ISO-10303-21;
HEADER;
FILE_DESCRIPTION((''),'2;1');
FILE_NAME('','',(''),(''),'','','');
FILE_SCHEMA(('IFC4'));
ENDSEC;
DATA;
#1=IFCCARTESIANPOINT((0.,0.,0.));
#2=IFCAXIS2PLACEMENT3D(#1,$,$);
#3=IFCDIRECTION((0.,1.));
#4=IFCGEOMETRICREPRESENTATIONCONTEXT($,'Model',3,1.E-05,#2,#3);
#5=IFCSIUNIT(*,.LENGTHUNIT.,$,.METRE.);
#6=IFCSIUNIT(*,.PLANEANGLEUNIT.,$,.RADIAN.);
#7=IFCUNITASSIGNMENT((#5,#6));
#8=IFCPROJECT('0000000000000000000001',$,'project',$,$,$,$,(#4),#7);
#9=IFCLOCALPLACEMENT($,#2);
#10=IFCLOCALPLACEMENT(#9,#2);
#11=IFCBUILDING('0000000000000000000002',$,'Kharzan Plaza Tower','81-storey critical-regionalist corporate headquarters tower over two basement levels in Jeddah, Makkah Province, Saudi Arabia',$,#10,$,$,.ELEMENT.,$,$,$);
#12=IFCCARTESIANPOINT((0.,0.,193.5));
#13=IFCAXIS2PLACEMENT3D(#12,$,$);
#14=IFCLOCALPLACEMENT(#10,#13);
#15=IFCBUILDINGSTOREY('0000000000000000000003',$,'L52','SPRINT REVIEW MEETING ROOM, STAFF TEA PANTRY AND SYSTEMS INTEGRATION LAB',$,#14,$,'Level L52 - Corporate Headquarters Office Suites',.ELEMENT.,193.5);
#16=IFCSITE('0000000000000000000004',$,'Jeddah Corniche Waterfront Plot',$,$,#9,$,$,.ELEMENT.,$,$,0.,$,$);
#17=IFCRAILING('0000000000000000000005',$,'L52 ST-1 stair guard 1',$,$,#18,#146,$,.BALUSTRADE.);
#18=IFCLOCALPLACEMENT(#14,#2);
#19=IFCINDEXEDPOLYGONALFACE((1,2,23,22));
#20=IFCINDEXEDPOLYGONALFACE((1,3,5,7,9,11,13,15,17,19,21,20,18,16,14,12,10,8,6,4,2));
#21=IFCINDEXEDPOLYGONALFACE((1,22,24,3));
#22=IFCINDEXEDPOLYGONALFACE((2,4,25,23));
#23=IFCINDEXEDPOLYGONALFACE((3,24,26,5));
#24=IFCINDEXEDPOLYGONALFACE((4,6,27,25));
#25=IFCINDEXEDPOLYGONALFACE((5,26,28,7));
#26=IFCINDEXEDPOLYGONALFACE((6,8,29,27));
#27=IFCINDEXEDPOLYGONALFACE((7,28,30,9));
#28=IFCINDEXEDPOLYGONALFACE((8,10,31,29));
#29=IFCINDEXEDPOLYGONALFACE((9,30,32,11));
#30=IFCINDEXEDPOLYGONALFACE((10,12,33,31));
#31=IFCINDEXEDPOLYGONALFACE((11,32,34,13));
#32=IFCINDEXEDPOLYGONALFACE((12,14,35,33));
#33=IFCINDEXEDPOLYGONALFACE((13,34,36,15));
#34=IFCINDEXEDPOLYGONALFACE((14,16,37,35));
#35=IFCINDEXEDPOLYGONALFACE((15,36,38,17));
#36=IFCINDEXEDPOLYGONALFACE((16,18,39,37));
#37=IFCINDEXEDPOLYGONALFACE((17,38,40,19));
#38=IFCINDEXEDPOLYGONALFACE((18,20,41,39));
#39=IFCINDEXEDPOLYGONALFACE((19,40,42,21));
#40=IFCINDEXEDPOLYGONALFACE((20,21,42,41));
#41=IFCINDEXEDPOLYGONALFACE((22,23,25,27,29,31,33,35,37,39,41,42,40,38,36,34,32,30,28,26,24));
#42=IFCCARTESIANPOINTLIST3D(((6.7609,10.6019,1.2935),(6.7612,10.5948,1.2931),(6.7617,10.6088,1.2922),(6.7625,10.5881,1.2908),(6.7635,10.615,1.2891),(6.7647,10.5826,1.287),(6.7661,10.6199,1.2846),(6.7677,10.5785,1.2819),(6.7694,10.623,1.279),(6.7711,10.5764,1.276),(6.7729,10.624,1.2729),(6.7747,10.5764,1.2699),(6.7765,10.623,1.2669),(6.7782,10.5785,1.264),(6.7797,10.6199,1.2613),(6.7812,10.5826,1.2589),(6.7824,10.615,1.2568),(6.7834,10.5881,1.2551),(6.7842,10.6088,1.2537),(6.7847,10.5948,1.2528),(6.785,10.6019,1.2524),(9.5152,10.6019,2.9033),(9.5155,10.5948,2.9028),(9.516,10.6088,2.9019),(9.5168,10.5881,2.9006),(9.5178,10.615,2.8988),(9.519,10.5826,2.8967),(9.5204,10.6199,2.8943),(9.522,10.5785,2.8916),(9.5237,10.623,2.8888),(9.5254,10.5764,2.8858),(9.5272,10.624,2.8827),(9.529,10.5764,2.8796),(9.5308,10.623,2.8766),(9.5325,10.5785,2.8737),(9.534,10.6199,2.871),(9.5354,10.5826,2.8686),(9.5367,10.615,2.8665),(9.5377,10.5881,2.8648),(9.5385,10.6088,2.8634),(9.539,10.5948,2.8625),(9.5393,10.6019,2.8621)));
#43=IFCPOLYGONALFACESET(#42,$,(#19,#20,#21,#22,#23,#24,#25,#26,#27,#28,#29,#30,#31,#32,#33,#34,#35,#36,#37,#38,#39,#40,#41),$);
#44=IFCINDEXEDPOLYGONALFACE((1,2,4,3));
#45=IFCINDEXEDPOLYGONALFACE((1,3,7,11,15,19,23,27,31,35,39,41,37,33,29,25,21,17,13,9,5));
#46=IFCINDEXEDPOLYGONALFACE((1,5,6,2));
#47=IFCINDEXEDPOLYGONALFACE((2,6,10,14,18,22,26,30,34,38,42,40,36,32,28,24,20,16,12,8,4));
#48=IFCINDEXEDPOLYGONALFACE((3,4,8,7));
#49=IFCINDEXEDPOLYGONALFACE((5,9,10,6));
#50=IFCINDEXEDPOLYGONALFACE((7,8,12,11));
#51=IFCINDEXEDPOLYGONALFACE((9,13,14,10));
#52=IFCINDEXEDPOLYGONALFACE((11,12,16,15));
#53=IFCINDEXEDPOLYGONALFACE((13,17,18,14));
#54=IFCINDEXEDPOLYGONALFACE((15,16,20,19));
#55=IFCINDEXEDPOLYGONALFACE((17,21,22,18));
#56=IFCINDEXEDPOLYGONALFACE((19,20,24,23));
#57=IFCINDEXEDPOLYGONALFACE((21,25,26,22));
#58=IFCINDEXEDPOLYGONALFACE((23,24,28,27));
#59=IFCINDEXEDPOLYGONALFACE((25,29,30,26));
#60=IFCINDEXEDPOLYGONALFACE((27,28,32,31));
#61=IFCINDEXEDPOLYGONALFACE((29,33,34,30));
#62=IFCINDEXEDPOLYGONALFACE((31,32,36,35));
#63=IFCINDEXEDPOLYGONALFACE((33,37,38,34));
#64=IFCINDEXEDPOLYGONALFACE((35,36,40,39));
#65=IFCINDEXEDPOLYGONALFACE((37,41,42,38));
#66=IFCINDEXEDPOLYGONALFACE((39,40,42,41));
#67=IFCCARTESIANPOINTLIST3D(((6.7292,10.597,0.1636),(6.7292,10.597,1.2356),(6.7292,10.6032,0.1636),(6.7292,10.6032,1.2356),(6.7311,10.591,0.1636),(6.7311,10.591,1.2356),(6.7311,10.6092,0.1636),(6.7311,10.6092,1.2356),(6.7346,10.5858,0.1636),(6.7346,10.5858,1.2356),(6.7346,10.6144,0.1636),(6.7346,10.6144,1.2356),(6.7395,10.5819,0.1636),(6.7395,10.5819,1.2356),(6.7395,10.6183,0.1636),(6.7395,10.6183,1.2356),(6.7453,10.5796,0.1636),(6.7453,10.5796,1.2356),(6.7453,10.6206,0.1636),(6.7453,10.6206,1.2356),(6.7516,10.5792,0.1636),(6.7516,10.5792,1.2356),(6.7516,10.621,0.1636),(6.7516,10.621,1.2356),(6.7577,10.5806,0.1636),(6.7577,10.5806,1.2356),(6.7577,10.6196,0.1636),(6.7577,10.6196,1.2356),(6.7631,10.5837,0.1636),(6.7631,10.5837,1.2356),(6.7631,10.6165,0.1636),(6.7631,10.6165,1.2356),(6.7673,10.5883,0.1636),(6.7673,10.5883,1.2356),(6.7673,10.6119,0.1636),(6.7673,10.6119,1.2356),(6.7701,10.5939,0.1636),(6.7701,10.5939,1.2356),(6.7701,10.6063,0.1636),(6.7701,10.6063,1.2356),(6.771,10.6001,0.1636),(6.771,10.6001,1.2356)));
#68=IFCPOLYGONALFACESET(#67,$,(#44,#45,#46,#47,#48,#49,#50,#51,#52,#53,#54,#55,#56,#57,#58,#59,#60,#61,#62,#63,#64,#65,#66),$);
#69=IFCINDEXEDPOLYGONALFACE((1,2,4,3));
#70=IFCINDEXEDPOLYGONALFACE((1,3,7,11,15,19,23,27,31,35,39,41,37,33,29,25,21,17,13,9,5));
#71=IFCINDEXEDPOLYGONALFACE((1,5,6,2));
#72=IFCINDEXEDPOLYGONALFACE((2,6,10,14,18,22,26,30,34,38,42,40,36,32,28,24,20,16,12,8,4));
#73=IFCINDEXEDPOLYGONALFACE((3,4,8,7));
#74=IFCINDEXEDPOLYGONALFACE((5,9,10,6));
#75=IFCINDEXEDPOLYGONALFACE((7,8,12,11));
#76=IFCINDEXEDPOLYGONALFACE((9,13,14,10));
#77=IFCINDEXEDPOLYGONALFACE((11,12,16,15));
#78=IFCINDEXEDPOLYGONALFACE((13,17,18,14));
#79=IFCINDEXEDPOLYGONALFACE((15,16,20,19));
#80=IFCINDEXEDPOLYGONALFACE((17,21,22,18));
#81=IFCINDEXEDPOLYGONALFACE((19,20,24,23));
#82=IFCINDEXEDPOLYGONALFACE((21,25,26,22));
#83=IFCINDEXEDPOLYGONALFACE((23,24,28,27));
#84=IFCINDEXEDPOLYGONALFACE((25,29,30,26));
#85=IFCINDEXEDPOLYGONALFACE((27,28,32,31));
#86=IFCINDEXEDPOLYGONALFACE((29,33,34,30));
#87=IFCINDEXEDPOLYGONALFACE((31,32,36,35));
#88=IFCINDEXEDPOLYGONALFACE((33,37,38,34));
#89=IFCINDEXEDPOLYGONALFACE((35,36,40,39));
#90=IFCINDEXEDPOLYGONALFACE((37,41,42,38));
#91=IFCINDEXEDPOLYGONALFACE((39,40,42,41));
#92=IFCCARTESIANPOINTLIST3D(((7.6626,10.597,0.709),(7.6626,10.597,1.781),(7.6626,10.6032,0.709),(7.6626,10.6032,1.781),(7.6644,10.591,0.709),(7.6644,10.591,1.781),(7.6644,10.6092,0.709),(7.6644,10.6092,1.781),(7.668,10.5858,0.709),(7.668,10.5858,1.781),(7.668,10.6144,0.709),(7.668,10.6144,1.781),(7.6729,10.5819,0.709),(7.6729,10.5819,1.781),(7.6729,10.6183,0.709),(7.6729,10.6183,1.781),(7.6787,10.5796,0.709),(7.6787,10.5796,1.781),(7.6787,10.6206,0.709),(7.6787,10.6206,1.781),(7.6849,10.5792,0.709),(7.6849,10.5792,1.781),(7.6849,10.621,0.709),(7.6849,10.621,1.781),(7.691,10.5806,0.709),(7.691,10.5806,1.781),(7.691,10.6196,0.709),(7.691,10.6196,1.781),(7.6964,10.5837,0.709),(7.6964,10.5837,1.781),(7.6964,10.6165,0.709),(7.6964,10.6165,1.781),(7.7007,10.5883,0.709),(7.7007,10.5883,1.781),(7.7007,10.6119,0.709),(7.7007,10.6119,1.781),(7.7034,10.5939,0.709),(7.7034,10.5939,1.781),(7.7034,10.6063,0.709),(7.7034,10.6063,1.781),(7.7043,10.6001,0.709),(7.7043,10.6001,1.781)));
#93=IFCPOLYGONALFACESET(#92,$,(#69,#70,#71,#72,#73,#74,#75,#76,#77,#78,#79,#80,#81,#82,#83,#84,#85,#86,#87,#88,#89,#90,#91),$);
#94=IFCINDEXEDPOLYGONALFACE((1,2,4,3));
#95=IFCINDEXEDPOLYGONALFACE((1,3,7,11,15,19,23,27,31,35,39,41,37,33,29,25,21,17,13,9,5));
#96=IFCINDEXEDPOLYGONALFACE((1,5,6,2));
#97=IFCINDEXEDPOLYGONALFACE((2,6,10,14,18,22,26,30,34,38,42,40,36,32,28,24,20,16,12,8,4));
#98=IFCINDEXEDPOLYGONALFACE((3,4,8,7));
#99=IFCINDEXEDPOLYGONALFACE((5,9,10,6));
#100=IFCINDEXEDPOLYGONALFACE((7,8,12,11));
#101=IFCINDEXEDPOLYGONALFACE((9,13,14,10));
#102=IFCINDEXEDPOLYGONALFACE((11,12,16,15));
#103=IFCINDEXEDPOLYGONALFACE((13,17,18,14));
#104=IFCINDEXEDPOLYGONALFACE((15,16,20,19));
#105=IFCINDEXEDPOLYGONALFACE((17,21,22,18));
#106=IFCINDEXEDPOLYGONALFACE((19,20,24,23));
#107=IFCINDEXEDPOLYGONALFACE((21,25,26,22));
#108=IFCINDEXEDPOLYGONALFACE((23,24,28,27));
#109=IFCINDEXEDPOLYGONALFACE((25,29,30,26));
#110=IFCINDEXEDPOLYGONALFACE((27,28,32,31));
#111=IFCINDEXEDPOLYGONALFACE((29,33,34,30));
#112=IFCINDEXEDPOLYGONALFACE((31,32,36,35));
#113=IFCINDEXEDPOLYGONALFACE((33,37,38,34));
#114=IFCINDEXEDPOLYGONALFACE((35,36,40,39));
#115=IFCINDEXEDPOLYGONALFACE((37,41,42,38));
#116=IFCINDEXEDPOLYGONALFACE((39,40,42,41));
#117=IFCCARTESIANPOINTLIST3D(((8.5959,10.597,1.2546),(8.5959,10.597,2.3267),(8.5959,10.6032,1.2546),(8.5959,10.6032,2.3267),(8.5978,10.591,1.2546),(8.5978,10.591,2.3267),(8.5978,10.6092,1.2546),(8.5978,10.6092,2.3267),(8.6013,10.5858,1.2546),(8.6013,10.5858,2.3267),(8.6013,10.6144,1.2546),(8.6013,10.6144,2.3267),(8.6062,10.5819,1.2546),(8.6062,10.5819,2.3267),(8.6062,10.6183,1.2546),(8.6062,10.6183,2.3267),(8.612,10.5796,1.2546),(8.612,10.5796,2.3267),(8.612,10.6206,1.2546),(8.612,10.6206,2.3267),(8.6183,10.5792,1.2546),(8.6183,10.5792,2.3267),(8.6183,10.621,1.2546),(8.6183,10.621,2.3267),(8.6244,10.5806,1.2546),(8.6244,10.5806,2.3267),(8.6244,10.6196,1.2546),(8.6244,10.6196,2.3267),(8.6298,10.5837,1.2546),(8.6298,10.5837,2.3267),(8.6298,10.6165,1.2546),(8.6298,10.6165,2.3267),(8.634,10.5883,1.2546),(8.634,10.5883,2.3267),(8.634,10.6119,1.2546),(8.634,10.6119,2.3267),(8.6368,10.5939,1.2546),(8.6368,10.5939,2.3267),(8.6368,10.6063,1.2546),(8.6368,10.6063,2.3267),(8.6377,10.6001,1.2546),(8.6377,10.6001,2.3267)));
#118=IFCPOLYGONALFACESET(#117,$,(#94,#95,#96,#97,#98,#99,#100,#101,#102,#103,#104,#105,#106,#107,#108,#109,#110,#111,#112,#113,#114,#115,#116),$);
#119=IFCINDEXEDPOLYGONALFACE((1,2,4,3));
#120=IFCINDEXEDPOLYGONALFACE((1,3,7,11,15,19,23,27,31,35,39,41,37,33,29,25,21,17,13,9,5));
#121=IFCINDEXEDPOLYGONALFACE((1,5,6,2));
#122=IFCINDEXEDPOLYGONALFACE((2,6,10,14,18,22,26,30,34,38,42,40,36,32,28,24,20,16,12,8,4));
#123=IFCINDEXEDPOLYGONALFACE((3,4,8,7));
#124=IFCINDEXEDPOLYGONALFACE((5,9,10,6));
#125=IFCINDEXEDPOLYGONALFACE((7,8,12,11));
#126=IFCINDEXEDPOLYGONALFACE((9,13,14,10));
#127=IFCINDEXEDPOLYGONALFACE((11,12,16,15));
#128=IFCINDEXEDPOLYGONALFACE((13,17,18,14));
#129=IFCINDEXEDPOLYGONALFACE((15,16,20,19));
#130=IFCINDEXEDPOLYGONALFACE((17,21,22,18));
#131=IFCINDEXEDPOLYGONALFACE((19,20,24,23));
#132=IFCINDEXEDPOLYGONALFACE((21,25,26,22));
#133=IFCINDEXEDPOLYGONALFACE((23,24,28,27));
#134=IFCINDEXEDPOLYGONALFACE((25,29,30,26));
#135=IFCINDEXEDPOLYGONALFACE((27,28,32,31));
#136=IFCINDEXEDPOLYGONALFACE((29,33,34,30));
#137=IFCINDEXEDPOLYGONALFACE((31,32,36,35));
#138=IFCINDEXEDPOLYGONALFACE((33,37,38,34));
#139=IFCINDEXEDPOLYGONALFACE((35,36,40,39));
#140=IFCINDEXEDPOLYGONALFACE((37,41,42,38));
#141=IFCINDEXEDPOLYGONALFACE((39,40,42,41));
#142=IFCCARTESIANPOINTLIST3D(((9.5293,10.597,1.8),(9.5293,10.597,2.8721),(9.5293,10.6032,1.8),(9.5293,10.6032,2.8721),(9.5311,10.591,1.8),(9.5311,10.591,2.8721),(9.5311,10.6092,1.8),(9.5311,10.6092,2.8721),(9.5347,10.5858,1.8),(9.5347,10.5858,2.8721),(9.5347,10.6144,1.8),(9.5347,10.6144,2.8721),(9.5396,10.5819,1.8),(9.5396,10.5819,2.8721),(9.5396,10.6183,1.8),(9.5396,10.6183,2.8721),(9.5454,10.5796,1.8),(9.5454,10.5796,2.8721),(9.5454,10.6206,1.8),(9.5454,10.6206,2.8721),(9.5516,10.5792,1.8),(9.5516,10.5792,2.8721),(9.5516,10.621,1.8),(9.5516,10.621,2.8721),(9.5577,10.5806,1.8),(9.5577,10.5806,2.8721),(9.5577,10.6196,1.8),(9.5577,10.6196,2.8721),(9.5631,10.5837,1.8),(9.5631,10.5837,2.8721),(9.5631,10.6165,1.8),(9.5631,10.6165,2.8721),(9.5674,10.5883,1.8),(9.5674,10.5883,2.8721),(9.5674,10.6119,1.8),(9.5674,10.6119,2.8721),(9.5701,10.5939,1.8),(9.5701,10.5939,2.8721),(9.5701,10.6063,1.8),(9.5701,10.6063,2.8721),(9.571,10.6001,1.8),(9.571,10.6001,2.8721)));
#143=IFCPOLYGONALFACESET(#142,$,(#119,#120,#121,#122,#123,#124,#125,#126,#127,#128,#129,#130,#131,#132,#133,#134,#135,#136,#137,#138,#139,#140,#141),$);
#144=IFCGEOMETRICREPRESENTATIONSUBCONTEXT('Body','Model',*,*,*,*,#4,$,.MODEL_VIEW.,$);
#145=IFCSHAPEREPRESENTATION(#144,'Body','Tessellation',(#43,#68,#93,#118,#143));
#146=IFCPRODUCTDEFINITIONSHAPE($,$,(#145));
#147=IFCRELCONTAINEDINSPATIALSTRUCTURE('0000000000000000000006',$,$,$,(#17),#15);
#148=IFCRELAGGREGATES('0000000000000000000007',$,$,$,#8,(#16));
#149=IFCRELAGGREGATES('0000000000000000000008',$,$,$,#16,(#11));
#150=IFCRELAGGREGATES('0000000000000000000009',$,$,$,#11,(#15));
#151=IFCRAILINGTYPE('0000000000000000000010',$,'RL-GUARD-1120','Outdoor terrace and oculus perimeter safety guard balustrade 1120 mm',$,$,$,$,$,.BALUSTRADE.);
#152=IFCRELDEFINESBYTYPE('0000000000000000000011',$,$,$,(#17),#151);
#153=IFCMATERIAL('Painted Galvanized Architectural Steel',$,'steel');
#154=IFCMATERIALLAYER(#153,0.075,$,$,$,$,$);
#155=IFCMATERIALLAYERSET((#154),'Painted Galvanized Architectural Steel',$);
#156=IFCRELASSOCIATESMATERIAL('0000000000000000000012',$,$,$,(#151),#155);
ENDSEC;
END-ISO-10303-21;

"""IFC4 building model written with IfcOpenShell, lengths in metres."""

from ifc_helpers import new_model, si_unit, direction, frame, origin, origin_2d, place, context, subcontext, project, spatial, circle, extrude, source, transform, mapped, material, layer, layer_set, type_object, element, save


model = new_model("IFC4")

# Units and contexts
model_context = context("Model", 3, precision=1e-05, world=origin(), true_north=direction((0.0, 1.0)))
body_context = subcontext(model_context, "Body", "Model", "MODEL_VIEW")
ifc_project = project(units=[si_unit("LENGTHUNIT", "METRE"), si_unit("PLANEANGLEUNIT", "RADIAN")], contexts=[model_context])

# Site, building, storey
site_placement = place(None, origin())
site = spatial("IfcSite", under=ifc_project, at=site_placement, Name="Jeddah Corniche Waterfront Plot", CompositionType="ELEMENT", RefElevation=0.0)
building_placement = place(site_placement, origin())
building = spatial("IfcBuilding", under=site, at=building_placement, Name="Kharzan Plaza Tower", Description="81-storey critical-regionalist corporate headquarters tower over two basement levels in Jeddah, Makkah Province, Saudi Arabia", CompositionType="ELEMENT")
storey_placement = place(building_placement, frame((0.0, 0.0, 193.5)))
storey = spatial("IfcBuildingStorey", under=building, at=storey_placement, Name="L52", Description="SPRINT REVIEW MEETING ROOM, STAFF TEA PANTRY AND SYSTEMS INTEGRATION LAB", LongName="Level L52 - Corporate Headquarters Office Suites", CompositionType="ELEMENT", Elevation=193.5)

# Shared definitions
ifc_material_1 = material(Name="Painted Galvanized Architectural Steel", Category="steel")
ifc_layer_1 = layer(ifc_material_1, 0.075)
ifc_layer_set_1 = layer_set([ifc_layer_1], Name="Painted Galvanized Architectural Steel")
railing_type_1 = type_object("IfcRailingType", Name="RL-GUARD-1120", Description="Outdoor terrace and oculus perimeter safety guard balustrade 1120 mm", PredefinedType="BALUSTRADE", material=ifc_layer_set_1)

# Railing
shared_shape_1 = source(origin(), body_context, "Body", "SweptSolid", [
    extrude(circle(Radius=0.0239, at=origin_2d()), frame((0.0229, 0.0, 1.1094), z_axis=(0.863361, 0.0, 0.504587), x_axis=(0.0, 1.0, 0.0)), (0.0, 0.0, 1.0), 3.1902),
    extrude(circle(Radius=0.021, at=origin_2d()), origin(), (0.0, 0.0, 1.0), 1.072),
    extrude(circle(Radius=0.021, at=origin_2d()), frame((0.9333, 0.0, 0.5454)), (0.0, 0.0, 1.0), 1.072),
    extrude(circle(Radius=0.021, at=origin_2d()), frame((1.8667, 0.0, 1.0911)), (0.0, 0.0, 1.0), 1.072),
    extrude(circle(Radius=0.021, at=origin_2d()), frame((2.8, 0.0, 1.6365)), (0.0, 0.0, 1.0), 1.072),
])
railing_1_placement = place(storey_placement, frame((6.75, 10.6001, 0.1636)))
element("IfcRailing", 1, at=railing_1_placement, inside=storey, type_object=railing_type_1, Name="L52 ST-1 stair guard 1", PredefinedType="BALUSTRADE", context=body_context, shape_type="MappedRepresentation", body=[
    mapped(shared_shape_1, transform((0.0, 0.0, 0.0), x_axis=(1.0, 0.0, 0.0), y_axis=(0.0, 1.0, 0.0), z_axis=(0.0, 0.0, 1.0))),
])

save(model, "model.ifc")
